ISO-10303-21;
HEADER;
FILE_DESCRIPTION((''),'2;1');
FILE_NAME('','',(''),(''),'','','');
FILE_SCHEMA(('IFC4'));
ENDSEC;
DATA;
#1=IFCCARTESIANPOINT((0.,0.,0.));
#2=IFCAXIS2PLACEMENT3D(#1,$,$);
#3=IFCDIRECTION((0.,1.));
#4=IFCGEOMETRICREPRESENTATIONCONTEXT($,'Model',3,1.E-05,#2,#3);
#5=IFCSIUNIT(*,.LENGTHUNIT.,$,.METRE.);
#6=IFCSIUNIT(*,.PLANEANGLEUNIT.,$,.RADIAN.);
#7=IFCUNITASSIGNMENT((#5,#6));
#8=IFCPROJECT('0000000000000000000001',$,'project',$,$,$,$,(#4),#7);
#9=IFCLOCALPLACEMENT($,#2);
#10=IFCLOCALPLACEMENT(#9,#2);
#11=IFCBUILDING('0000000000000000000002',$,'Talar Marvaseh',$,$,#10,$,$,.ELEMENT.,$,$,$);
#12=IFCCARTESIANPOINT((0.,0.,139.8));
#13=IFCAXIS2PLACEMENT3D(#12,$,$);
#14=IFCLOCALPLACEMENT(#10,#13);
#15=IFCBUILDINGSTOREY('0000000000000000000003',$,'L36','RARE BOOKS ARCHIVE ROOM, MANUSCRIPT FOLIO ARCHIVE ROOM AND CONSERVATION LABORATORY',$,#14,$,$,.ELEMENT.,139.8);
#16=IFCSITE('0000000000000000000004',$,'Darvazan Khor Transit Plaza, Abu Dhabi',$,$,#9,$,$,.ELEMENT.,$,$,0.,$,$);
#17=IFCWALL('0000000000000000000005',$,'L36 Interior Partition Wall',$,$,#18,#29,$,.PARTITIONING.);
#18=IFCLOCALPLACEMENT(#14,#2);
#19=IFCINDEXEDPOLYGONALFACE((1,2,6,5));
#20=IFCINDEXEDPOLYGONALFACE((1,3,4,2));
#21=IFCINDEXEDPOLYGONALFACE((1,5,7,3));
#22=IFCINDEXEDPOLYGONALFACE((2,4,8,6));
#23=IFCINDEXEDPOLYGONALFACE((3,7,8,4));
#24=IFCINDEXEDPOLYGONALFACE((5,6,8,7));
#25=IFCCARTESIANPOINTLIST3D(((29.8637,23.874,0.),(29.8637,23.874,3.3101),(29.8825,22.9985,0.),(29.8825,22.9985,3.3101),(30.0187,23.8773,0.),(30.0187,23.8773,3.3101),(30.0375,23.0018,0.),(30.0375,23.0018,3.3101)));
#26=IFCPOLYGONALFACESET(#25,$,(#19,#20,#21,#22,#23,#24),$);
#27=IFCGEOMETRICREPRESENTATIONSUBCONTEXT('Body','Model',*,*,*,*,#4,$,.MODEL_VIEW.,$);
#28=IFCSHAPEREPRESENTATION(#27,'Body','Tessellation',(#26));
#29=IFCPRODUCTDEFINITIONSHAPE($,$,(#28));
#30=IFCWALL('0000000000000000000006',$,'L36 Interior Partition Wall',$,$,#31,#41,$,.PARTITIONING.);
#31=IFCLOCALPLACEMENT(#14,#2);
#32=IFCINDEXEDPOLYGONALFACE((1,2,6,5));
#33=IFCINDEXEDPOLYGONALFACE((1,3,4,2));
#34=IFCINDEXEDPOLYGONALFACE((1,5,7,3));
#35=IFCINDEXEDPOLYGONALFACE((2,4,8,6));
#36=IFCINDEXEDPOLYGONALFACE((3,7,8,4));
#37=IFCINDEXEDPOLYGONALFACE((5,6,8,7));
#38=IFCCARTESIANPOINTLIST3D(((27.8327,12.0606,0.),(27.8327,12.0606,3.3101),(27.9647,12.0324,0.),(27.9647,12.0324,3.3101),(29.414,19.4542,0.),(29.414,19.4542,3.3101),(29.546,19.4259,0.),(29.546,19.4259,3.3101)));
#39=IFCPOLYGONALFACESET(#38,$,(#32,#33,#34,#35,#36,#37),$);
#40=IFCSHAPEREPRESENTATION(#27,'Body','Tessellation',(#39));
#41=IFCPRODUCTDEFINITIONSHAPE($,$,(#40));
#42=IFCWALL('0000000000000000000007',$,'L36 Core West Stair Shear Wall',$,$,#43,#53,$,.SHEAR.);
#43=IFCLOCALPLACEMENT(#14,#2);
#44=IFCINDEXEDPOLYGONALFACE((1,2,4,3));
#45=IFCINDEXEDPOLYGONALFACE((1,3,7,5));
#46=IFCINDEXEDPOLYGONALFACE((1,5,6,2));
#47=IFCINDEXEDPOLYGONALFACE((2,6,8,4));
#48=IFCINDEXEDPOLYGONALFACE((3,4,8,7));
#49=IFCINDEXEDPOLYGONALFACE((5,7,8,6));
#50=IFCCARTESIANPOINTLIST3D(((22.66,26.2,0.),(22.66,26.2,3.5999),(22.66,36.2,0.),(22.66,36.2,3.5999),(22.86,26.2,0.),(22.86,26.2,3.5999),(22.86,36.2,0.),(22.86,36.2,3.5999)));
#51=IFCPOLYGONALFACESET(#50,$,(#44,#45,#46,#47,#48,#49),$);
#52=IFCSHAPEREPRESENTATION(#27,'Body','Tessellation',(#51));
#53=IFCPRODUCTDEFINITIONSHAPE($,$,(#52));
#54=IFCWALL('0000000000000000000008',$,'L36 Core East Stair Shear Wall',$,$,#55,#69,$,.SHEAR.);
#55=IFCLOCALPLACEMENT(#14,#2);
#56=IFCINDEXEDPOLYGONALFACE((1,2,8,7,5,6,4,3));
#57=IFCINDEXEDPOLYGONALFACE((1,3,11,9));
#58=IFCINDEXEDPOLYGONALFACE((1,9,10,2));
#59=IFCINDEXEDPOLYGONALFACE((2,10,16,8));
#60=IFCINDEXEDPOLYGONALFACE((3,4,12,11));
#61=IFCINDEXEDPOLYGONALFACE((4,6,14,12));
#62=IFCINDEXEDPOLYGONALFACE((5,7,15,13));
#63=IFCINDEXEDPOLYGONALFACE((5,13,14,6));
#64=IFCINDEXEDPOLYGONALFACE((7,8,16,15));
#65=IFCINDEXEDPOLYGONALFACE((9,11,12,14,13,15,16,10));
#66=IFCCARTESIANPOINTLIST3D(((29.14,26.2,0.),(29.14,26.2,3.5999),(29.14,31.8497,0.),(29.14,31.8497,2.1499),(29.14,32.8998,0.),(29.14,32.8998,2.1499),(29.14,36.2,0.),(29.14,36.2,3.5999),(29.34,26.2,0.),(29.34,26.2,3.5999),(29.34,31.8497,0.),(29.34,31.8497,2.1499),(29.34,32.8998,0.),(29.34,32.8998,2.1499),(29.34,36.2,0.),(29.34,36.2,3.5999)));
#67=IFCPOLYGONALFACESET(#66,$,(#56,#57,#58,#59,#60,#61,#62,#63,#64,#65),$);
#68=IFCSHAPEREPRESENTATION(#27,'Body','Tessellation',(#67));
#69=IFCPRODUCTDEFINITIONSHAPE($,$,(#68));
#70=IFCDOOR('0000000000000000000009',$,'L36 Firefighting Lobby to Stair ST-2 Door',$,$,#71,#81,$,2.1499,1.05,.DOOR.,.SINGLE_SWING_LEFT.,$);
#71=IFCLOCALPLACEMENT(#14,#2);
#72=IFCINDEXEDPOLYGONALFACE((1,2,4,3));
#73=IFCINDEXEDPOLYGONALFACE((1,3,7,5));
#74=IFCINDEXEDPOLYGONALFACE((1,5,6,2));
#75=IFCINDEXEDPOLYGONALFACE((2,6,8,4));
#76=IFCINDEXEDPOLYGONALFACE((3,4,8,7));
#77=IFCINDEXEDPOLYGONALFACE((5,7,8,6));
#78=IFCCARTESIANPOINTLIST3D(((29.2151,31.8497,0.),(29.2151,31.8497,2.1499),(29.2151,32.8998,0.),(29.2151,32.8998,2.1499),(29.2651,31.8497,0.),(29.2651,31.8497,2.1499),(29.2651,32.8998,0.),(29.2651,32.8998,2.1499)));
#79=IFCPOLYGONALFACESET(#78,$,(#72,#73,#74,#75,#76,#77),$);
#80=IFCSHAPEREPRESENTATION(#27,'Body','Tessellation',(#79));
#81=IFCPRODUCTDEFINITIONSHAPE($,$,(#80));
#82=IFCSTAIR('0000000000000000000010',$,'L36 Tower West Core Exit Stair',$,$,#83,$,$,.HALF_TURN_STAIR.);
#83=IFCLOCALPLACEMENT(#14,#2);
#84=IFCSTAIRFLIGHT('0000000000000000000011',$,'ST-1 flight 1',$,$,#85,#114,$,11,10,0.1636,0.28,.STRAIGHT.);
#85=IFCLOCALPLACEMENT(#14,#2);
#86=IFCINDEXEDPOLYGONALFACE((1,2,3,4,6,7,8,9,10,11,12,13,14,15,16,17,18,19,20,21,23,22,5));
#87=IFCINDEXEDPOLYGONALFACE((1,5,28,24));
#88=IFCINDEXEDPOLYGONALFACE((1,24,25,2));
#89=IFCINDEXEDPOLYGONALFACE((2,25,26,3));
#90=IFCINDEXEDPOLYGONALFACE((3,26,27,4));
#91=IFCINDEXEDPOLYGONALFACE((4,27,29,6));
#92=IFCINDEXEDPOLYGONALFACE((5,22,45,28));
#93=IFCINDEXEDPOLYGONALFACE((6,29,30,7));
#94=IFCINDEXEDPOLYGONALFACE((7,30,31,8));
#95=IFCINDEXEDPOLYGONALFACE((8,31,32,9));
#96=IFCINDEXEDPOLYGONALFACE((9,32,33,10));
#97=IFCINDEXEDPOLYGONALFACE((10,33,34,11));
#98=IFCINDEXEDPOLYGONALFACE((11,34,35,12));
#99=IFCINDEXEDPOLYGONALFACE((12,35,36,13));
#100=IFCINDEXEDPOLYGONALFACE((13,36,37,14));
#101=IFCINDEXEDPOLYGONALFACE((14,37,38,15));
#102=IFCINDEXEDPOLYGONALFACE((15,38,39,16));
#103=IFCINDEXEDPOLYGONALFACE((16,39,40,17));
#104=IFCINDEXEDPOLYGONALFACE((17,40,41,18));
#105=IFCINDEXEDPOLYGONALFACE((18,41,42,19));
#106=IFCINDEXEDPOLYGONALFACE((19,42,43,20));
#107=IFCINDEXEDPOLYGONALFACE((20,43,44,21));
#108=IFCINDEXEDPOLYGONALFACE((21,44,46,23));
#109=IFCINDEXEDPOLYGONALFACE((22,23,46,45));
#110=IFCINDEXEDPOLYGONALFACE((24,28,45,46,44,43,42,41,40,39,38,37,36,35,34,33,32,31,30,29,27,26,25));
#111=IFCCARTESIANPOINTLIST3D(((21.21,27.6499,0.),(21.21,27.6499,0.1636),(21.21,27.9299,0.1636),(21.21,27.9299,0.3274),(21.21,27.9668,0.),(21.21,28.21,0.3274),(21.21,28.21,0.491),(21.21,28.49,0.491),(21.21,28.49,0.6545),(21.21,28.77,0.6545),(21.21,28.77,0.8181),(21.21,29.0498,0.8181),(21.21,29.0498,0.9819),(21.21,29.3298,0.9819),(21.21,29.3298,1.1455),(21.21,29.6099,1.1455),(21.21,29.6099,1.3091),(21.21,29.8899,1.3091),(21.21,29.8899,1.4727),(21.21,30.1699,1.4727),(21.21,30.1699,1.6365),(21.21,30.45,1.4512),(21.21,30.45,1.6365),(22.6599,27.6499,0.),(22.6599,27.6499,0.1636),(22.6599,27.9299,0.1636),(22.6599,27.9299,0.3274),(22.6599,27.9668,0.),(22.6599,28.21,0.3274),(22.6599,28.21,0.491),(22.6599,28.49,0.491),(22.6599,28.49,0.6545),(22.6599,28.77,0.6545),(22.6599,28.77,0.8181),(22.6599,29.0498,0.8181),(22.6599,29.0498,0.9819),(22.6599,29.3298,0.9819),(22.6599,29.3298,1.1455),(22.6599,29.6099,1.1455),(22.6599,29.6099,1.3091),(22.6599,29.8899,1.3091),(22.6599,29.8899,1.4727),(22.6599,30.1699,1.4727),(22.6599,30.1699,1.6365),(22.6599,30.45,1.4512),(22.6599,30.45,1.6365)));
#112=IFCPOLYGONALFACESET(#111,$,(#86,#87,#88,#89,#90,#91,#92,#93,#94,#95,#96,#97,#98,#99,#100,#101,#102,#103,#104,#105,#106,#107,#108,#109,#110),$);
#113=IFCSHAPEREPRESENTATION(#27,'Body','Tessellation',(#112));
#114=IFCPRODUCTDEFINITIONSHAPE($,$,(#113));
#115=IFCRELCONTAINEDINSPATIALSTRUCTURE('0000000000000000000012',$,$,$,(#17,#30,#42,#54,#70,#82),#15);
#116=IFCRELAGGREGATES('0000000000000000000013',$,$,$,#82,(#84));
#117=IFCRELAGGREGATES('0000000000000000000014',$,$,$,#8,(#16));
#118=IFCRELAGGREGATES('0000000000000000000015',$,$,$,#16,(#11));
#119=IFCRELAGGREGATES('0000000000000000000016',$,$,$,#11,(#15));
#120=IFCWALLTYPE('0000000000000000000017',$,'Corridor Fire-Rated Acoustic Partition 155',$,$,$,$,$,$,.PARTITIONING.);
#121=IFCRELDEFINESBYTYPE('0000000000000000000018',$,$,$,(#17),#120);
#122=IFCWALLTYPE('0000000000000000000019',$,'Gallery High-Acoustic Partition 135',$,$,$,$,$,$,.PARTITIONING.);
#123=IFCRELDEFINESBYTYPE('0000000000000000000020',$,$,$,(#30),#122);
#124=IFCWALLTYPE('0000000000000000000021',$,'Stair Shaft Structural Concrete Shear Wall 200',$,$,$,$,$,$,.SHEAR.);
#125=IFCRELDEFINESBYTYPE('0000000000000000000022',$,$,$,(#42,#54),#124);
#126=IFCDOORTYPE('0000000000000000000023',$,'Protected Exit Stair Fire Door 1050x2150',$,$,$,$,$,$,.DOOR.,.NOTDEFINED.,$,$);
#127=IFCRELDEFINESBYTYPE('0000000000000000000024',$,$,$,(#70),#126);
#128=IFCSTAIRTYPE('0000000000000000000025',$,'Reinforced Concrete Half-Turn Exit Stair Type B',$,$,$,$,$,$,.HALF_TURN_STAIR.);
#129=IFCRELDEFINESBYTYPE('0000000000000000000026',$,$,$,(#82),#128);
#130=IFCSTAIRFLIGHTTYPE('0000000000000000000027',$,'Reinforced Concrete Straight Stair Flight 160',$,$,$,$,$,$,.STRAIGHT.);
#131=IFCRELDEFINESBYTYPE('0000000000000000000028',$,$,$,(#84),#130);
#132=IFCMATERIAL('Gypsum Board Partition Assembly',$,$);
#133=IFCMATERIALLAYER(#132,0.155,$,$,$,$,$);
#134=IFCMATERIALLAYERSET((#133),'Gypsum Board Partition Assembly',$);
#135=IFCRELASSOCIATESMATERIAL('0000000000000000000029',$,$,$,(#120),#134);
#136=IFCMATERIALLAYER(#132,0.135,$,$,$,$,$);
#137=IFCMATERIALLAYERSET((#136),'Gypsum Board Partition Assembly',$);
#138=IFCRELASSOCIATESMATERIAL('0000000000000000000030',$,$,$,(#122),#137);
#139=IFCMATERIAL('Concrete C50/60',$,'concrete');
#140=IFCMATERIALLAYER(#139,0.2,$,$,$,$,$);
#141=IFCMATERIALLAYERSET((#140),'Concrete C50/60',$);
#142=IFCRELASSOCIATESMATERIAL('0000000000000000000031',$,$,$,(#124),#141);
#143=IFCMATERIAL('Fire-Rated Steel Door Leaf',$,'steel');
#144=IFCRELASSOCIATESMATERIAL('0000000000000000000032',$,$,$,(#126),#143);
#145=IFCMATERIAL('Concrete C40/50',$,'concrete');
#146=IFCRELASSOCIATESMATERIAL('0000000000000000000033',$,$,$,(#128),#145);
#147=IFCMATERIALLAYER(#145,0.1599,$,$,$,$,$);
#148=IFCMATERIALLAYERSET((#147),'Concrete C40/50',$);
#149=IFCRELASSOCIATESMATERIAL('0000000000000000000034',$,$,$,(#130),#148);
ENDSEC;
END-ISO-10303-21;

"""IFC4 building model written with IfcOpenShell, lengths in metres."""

from ifc_helpers import new_model, si_unit, direction, frame, frame_2d, origin, place, context, subcontext, project, spatial, polyline, rectangle, outline, extrude, source, transform, mapped, material, layer, layer_set, type_object, type_shapes, element, fill, aggregate, save


model = new_model("IFC4")

# Units and contexts
model_context = context("Model", 3, precision=1e-05, world=origin(), true_north=direction((0.0, 1.0)))
body_context = subcontext(model_context, "Body", "Model", "MODEL_VIEW")
ifc_project = project(units=[si_unit("LENGTHUNIT", "METRE"), si_unit("PLANEANGLEUNIT", "RADIAN")], contexts=[model_context])

# Site, building, storey
site_placement = place(None, origin())
site = spatial("IfcSite", under=ifc_project, at=site_placement, Name="Darvazan Khor Transit Plaza, Abu Dhabi", CompositionType="ELEMENT", RefElevation=0.0)
building_placement = place(site_placement, origin())
building = spatial("IfcBuilding", under=site, at=building_placement, Name="Talar Marvaseh", CompositionType="ELEMENT")
storey_placement = place(building_placement, frame((0.0, 0.0, 139.8)))
storey = spatial("IfcBuildingStorey", under=building, at=storey_placement, Name="L36", Description="RARE BOOKS ARCHIVE ROOM, MANUSCRIPT FOLIO ARCHIVE ROOM AND CONSERVATION LABORATORY", CompositionType="ELEMENT", Elevation=139.8)

# Shared definitions
ifc_material_1 = material(Name="Concrete C40/50", Category="concrete")

# Shared definitions
ifc_material_2 = material(Name="Gypsum Board Partition Assembly")
ifc_layer_1 = layer(ifc_material_2, 0.155)
ifc_layer_set_1 = layer_set([ifc_layer_1], Name="Gypsum Board Partition Assembly")
wall_type_1 = type_object("IfcWallType", Name="Corridor Fire-Rated Acoustic Partition 155", PredefinedType="PARTITIONING", material=ifc_layer_set_1)

# Walls
wall_1_placement = place(storey_placement, frame((29.96, 23.0, 0.0), z_axis=(0.0, 0.0, 1.0), x_axis=(-0.021467, 0.99977, 0.0)))
element("IfcWall", 1, at=wall_1_placement, inside=storey, type_object=wall_type_1, Name="L36 Interior Partition Wall", PredefinedType="PARTITIONING", context=body_context, shape_type="SweptSolid", body=[
    extrude(rectangle(XDim=0.8757, YDim=0.155, at=frame_2d((0.438, 0.0))), origin(), (0.0, 0.0, 1.0), 3.3101),
])
ifc_layer_2 = layer(ifc_material_2, 0.135)
ifc_layer_set_2 = layer_set([ifc_layer_2], Name="Gypsum Board Partition Assembly")
wall_type_2 = type_object("IfcWallType", Name="Gallery High-Acoustic Partition 135", PredefinedType="PARTITIONING", material=ifc_layer_set_2)
wall_2_placement = place(storey_placement, frame((29.48, 19.4399, 0.0), z_axis=(0.0, 0.0, 1.0), x_axis=(-0.209145, -0.977885, 0.0)))
element("IfcWall", 2, at=wall_2_placement, inside=storey, type_object=wall_type_2, Name="L36 Interior Partition Wall", PredefinedType="PARTITIONING", context=body_context, shape_type="SweptSolid", body=[
    extrude(rectangle(XDim=7.5608, YDim=0.135, at=frame_2d((3.7803, 0.0))), origin(), (0.0, 0.0, 1.0), 3.3101),
])
ifc_material_3 = material(Name="Concrete C50/60", Category="concrete")
ifc_layer_3 = layer(ifc_material_3, 0.2)
ifc_layer_set_3 = layer_set([ifc_layer_3], Name="Concrete C50/60")
wall_type_3 = type_object("IfcWallType", Name="Stair Shaft Structural Concrete Shear Wall 200", PredefinedType="SHEAR", material=ifc_layer_set_3)
wall_3_placement = place(storey_placement, frame((22.76, 26.2, 0.0), z_axis=(0.0, 0.0, 1.0), x_axis=(0.0, 1.0, 0.0)))
element("IfcWall", 3, at=wall_3_placement, inside=storey, type_object=wall_type_3, Name="L36 Core West Stair Shear Wall", PredefinedType="SHEAR", context=body_context, shape_type="SweptSolid", body=[
    extrude(rectangle(XDim=10.0, YDim=0.2, at=frame_2d((5.0, 0.0))), origin(), (0.0, 0.0, 1.0), 3.5999),
])

# Wall, opening, door
wall_4_placement = place(storey_placement, frame((29.24, 26.2, 0.0), z_axis=(0.0, 0.0, 1.0), x_axis=(0.0, 1.0, 0.0)))
wall_4 = element("IfcWall", 4, at=wall_4_placement, inside=storey, type_object=wall_type_3, Name="L36 Core East Stair Shear Wall", PredefinedType="SHEAR", context=body_context, shape_type="SweptSolid", body=[
    extrude(rectangle(XDim=10.0, YDim=0.2, at=frame_2d((5.0, 0.0))), origin(), (0.0, 0.0, 1.0), 3.5999),
])
opening_1_placement = place(wall_4_placement, frame((5.6499, 0.0, 0.0)))
opening_1 = element("IfcOpeningElement", 5, at=opening_1_placement, cuts=wall_4, PredefinedType="OPENING", context=body_context, shape_type="SweptSolid", body=[
    extrude(rectangle(XDim=1.05, YDim=2.1499, at=frame_2d((0.5249, 1.075))), frame((0.0, 0.1099, 0.0), z_axis=(0.0, -1.0, 0.0), x_axis=(1.0, 0.0, 0.0)), (0.0, 0.0, 1.0), 0.22),
])
ifc_material_4 = material(Name="Fire-Rated Steel Door Leaf", Category="steel")
door_type_1 = type_object("IfcDoorType", Name="Protected Exit Stair Fire Door 1050x2150", OperationType="NOTDEFINED", PredefinedType="DOOR", material=ifc_material_4)
shared_shape_1 = source(origin(), body_context, "Body", "SweptSolid", [
    extrude(rectangle(XDim=1.05, YDim=2.1499, at=frame_2d((0.5249, 1.075))), frame((0.0, 0.0249, 0.0), z_axis=(0.0, -1.0, 0.0), x_axis=(1.0, 0.0, 0.0)), (0.0, 0.0, 1.0), 0.05),
])
type_shapes(door_type_1, [shared_shape_1])
door_1_placement = place(opening_1_placement, origin())
door_1 = element("IfcDoor", 6, at=door_1_placement, inside=storey, type_object=door_type_1, Name="L36 Firefighting Lobby to Stair ST-2 Door", OperationType="SINGLE_SWING_LEFT", OverallHeight=2.1499, OverallWidth=1.05, PredefinedType="DOOR", context=body_context, shape_type="MappedRepresentation", body=[
    mapped(shared_shape_1, transform((0.0, 0.0, 0.0), x_axis=(1.0, 0.0, 0.0), y_axis=(0.0, 1.0, 0.0), z_axis=(0.0, 0.0, 1.0), scale=1.0)),
])
fill(opening_1, door_1)

# Stair, stair flight
stair_type = type_object("IfcStairType", Name="Reinforced Concrete Half-Turn Exit Stair Type B", PredefinedType="HALF_TURN_STAIR", material=ifc_material_1)
stair_placement = place(storey_placement, origin())
stair = element("IfcStair", 7, at=stair_placement, inside=storey, type_object=stair_type, Name="L36 Tower West Core Exit Stair", PredefinedType="HALF_TURN_STAIR")
ifc_layer_4 = layer(ifc_material_1, 0.1599)
ifc_layer_set_4 = layer_set([ifc_layer_4], Name="Concrete C40/50")
stair_flight_type = type_object("IfcStairFlightType", Name="Reinforced Concrete Straight Stair Flight 160", PredefinedType="STRAIGHT", material=ifc_layer_set_4)
stair_flight_placement = place(storey_placement, frame((21.9351, 27.6499, 0.0), z_axis=(0.0, 0.0, 1.0), x_axis=(0.0, 1.0, 0.0)))
stair_flight = element("IfcStairFlight", 8, at=stair_flight_placement, type_object=stair_flight_type, Name="ST-1 flight 1", NumberOfRisers=11, NumberOfTreads=10, PredefinedType="STRAIGHT", RiserHeight=0.1636, TreadLength=0.28, context=body_context, shape_type="SweptSolid", body=[
    extrude(outline(polyline([(0.0, 0.0), (0.0, 0.1636), (0.28, 0.1636), (0.28, 0.3274), (0.5601, 0.3274), (0.5601, 0.491), (0.8401, 0.491), (0.8401, 0.6545), (1.1201, 0.6545), (1.1201, 0.8181), (1.3999, 0.8181), (1.3999, 0.9819), (1.6799, 0.9819), (1.6799, 1.1455), (1.96, 1.1455), (1.96, 1.3091), (2.24, 1.3091), (2.24, 1.4727), (2.52, 1.4727), (2.52, 1.6365), (2.8, 1.6365), (2.8, 1.8), (2.8, 1.4512), (0.3169, 0.0), (0.0, 0.0)])), frame((0.0, 0.7251, 0.0), z_axis=(0.0, -1.0, 0.0), x_axis=(1.0, 0.0, 0.0)), (0.0, 0.0, 1.0), 1.45),
])
aggregate(stair, [stair_flight])

save(model, "model.ifc")
